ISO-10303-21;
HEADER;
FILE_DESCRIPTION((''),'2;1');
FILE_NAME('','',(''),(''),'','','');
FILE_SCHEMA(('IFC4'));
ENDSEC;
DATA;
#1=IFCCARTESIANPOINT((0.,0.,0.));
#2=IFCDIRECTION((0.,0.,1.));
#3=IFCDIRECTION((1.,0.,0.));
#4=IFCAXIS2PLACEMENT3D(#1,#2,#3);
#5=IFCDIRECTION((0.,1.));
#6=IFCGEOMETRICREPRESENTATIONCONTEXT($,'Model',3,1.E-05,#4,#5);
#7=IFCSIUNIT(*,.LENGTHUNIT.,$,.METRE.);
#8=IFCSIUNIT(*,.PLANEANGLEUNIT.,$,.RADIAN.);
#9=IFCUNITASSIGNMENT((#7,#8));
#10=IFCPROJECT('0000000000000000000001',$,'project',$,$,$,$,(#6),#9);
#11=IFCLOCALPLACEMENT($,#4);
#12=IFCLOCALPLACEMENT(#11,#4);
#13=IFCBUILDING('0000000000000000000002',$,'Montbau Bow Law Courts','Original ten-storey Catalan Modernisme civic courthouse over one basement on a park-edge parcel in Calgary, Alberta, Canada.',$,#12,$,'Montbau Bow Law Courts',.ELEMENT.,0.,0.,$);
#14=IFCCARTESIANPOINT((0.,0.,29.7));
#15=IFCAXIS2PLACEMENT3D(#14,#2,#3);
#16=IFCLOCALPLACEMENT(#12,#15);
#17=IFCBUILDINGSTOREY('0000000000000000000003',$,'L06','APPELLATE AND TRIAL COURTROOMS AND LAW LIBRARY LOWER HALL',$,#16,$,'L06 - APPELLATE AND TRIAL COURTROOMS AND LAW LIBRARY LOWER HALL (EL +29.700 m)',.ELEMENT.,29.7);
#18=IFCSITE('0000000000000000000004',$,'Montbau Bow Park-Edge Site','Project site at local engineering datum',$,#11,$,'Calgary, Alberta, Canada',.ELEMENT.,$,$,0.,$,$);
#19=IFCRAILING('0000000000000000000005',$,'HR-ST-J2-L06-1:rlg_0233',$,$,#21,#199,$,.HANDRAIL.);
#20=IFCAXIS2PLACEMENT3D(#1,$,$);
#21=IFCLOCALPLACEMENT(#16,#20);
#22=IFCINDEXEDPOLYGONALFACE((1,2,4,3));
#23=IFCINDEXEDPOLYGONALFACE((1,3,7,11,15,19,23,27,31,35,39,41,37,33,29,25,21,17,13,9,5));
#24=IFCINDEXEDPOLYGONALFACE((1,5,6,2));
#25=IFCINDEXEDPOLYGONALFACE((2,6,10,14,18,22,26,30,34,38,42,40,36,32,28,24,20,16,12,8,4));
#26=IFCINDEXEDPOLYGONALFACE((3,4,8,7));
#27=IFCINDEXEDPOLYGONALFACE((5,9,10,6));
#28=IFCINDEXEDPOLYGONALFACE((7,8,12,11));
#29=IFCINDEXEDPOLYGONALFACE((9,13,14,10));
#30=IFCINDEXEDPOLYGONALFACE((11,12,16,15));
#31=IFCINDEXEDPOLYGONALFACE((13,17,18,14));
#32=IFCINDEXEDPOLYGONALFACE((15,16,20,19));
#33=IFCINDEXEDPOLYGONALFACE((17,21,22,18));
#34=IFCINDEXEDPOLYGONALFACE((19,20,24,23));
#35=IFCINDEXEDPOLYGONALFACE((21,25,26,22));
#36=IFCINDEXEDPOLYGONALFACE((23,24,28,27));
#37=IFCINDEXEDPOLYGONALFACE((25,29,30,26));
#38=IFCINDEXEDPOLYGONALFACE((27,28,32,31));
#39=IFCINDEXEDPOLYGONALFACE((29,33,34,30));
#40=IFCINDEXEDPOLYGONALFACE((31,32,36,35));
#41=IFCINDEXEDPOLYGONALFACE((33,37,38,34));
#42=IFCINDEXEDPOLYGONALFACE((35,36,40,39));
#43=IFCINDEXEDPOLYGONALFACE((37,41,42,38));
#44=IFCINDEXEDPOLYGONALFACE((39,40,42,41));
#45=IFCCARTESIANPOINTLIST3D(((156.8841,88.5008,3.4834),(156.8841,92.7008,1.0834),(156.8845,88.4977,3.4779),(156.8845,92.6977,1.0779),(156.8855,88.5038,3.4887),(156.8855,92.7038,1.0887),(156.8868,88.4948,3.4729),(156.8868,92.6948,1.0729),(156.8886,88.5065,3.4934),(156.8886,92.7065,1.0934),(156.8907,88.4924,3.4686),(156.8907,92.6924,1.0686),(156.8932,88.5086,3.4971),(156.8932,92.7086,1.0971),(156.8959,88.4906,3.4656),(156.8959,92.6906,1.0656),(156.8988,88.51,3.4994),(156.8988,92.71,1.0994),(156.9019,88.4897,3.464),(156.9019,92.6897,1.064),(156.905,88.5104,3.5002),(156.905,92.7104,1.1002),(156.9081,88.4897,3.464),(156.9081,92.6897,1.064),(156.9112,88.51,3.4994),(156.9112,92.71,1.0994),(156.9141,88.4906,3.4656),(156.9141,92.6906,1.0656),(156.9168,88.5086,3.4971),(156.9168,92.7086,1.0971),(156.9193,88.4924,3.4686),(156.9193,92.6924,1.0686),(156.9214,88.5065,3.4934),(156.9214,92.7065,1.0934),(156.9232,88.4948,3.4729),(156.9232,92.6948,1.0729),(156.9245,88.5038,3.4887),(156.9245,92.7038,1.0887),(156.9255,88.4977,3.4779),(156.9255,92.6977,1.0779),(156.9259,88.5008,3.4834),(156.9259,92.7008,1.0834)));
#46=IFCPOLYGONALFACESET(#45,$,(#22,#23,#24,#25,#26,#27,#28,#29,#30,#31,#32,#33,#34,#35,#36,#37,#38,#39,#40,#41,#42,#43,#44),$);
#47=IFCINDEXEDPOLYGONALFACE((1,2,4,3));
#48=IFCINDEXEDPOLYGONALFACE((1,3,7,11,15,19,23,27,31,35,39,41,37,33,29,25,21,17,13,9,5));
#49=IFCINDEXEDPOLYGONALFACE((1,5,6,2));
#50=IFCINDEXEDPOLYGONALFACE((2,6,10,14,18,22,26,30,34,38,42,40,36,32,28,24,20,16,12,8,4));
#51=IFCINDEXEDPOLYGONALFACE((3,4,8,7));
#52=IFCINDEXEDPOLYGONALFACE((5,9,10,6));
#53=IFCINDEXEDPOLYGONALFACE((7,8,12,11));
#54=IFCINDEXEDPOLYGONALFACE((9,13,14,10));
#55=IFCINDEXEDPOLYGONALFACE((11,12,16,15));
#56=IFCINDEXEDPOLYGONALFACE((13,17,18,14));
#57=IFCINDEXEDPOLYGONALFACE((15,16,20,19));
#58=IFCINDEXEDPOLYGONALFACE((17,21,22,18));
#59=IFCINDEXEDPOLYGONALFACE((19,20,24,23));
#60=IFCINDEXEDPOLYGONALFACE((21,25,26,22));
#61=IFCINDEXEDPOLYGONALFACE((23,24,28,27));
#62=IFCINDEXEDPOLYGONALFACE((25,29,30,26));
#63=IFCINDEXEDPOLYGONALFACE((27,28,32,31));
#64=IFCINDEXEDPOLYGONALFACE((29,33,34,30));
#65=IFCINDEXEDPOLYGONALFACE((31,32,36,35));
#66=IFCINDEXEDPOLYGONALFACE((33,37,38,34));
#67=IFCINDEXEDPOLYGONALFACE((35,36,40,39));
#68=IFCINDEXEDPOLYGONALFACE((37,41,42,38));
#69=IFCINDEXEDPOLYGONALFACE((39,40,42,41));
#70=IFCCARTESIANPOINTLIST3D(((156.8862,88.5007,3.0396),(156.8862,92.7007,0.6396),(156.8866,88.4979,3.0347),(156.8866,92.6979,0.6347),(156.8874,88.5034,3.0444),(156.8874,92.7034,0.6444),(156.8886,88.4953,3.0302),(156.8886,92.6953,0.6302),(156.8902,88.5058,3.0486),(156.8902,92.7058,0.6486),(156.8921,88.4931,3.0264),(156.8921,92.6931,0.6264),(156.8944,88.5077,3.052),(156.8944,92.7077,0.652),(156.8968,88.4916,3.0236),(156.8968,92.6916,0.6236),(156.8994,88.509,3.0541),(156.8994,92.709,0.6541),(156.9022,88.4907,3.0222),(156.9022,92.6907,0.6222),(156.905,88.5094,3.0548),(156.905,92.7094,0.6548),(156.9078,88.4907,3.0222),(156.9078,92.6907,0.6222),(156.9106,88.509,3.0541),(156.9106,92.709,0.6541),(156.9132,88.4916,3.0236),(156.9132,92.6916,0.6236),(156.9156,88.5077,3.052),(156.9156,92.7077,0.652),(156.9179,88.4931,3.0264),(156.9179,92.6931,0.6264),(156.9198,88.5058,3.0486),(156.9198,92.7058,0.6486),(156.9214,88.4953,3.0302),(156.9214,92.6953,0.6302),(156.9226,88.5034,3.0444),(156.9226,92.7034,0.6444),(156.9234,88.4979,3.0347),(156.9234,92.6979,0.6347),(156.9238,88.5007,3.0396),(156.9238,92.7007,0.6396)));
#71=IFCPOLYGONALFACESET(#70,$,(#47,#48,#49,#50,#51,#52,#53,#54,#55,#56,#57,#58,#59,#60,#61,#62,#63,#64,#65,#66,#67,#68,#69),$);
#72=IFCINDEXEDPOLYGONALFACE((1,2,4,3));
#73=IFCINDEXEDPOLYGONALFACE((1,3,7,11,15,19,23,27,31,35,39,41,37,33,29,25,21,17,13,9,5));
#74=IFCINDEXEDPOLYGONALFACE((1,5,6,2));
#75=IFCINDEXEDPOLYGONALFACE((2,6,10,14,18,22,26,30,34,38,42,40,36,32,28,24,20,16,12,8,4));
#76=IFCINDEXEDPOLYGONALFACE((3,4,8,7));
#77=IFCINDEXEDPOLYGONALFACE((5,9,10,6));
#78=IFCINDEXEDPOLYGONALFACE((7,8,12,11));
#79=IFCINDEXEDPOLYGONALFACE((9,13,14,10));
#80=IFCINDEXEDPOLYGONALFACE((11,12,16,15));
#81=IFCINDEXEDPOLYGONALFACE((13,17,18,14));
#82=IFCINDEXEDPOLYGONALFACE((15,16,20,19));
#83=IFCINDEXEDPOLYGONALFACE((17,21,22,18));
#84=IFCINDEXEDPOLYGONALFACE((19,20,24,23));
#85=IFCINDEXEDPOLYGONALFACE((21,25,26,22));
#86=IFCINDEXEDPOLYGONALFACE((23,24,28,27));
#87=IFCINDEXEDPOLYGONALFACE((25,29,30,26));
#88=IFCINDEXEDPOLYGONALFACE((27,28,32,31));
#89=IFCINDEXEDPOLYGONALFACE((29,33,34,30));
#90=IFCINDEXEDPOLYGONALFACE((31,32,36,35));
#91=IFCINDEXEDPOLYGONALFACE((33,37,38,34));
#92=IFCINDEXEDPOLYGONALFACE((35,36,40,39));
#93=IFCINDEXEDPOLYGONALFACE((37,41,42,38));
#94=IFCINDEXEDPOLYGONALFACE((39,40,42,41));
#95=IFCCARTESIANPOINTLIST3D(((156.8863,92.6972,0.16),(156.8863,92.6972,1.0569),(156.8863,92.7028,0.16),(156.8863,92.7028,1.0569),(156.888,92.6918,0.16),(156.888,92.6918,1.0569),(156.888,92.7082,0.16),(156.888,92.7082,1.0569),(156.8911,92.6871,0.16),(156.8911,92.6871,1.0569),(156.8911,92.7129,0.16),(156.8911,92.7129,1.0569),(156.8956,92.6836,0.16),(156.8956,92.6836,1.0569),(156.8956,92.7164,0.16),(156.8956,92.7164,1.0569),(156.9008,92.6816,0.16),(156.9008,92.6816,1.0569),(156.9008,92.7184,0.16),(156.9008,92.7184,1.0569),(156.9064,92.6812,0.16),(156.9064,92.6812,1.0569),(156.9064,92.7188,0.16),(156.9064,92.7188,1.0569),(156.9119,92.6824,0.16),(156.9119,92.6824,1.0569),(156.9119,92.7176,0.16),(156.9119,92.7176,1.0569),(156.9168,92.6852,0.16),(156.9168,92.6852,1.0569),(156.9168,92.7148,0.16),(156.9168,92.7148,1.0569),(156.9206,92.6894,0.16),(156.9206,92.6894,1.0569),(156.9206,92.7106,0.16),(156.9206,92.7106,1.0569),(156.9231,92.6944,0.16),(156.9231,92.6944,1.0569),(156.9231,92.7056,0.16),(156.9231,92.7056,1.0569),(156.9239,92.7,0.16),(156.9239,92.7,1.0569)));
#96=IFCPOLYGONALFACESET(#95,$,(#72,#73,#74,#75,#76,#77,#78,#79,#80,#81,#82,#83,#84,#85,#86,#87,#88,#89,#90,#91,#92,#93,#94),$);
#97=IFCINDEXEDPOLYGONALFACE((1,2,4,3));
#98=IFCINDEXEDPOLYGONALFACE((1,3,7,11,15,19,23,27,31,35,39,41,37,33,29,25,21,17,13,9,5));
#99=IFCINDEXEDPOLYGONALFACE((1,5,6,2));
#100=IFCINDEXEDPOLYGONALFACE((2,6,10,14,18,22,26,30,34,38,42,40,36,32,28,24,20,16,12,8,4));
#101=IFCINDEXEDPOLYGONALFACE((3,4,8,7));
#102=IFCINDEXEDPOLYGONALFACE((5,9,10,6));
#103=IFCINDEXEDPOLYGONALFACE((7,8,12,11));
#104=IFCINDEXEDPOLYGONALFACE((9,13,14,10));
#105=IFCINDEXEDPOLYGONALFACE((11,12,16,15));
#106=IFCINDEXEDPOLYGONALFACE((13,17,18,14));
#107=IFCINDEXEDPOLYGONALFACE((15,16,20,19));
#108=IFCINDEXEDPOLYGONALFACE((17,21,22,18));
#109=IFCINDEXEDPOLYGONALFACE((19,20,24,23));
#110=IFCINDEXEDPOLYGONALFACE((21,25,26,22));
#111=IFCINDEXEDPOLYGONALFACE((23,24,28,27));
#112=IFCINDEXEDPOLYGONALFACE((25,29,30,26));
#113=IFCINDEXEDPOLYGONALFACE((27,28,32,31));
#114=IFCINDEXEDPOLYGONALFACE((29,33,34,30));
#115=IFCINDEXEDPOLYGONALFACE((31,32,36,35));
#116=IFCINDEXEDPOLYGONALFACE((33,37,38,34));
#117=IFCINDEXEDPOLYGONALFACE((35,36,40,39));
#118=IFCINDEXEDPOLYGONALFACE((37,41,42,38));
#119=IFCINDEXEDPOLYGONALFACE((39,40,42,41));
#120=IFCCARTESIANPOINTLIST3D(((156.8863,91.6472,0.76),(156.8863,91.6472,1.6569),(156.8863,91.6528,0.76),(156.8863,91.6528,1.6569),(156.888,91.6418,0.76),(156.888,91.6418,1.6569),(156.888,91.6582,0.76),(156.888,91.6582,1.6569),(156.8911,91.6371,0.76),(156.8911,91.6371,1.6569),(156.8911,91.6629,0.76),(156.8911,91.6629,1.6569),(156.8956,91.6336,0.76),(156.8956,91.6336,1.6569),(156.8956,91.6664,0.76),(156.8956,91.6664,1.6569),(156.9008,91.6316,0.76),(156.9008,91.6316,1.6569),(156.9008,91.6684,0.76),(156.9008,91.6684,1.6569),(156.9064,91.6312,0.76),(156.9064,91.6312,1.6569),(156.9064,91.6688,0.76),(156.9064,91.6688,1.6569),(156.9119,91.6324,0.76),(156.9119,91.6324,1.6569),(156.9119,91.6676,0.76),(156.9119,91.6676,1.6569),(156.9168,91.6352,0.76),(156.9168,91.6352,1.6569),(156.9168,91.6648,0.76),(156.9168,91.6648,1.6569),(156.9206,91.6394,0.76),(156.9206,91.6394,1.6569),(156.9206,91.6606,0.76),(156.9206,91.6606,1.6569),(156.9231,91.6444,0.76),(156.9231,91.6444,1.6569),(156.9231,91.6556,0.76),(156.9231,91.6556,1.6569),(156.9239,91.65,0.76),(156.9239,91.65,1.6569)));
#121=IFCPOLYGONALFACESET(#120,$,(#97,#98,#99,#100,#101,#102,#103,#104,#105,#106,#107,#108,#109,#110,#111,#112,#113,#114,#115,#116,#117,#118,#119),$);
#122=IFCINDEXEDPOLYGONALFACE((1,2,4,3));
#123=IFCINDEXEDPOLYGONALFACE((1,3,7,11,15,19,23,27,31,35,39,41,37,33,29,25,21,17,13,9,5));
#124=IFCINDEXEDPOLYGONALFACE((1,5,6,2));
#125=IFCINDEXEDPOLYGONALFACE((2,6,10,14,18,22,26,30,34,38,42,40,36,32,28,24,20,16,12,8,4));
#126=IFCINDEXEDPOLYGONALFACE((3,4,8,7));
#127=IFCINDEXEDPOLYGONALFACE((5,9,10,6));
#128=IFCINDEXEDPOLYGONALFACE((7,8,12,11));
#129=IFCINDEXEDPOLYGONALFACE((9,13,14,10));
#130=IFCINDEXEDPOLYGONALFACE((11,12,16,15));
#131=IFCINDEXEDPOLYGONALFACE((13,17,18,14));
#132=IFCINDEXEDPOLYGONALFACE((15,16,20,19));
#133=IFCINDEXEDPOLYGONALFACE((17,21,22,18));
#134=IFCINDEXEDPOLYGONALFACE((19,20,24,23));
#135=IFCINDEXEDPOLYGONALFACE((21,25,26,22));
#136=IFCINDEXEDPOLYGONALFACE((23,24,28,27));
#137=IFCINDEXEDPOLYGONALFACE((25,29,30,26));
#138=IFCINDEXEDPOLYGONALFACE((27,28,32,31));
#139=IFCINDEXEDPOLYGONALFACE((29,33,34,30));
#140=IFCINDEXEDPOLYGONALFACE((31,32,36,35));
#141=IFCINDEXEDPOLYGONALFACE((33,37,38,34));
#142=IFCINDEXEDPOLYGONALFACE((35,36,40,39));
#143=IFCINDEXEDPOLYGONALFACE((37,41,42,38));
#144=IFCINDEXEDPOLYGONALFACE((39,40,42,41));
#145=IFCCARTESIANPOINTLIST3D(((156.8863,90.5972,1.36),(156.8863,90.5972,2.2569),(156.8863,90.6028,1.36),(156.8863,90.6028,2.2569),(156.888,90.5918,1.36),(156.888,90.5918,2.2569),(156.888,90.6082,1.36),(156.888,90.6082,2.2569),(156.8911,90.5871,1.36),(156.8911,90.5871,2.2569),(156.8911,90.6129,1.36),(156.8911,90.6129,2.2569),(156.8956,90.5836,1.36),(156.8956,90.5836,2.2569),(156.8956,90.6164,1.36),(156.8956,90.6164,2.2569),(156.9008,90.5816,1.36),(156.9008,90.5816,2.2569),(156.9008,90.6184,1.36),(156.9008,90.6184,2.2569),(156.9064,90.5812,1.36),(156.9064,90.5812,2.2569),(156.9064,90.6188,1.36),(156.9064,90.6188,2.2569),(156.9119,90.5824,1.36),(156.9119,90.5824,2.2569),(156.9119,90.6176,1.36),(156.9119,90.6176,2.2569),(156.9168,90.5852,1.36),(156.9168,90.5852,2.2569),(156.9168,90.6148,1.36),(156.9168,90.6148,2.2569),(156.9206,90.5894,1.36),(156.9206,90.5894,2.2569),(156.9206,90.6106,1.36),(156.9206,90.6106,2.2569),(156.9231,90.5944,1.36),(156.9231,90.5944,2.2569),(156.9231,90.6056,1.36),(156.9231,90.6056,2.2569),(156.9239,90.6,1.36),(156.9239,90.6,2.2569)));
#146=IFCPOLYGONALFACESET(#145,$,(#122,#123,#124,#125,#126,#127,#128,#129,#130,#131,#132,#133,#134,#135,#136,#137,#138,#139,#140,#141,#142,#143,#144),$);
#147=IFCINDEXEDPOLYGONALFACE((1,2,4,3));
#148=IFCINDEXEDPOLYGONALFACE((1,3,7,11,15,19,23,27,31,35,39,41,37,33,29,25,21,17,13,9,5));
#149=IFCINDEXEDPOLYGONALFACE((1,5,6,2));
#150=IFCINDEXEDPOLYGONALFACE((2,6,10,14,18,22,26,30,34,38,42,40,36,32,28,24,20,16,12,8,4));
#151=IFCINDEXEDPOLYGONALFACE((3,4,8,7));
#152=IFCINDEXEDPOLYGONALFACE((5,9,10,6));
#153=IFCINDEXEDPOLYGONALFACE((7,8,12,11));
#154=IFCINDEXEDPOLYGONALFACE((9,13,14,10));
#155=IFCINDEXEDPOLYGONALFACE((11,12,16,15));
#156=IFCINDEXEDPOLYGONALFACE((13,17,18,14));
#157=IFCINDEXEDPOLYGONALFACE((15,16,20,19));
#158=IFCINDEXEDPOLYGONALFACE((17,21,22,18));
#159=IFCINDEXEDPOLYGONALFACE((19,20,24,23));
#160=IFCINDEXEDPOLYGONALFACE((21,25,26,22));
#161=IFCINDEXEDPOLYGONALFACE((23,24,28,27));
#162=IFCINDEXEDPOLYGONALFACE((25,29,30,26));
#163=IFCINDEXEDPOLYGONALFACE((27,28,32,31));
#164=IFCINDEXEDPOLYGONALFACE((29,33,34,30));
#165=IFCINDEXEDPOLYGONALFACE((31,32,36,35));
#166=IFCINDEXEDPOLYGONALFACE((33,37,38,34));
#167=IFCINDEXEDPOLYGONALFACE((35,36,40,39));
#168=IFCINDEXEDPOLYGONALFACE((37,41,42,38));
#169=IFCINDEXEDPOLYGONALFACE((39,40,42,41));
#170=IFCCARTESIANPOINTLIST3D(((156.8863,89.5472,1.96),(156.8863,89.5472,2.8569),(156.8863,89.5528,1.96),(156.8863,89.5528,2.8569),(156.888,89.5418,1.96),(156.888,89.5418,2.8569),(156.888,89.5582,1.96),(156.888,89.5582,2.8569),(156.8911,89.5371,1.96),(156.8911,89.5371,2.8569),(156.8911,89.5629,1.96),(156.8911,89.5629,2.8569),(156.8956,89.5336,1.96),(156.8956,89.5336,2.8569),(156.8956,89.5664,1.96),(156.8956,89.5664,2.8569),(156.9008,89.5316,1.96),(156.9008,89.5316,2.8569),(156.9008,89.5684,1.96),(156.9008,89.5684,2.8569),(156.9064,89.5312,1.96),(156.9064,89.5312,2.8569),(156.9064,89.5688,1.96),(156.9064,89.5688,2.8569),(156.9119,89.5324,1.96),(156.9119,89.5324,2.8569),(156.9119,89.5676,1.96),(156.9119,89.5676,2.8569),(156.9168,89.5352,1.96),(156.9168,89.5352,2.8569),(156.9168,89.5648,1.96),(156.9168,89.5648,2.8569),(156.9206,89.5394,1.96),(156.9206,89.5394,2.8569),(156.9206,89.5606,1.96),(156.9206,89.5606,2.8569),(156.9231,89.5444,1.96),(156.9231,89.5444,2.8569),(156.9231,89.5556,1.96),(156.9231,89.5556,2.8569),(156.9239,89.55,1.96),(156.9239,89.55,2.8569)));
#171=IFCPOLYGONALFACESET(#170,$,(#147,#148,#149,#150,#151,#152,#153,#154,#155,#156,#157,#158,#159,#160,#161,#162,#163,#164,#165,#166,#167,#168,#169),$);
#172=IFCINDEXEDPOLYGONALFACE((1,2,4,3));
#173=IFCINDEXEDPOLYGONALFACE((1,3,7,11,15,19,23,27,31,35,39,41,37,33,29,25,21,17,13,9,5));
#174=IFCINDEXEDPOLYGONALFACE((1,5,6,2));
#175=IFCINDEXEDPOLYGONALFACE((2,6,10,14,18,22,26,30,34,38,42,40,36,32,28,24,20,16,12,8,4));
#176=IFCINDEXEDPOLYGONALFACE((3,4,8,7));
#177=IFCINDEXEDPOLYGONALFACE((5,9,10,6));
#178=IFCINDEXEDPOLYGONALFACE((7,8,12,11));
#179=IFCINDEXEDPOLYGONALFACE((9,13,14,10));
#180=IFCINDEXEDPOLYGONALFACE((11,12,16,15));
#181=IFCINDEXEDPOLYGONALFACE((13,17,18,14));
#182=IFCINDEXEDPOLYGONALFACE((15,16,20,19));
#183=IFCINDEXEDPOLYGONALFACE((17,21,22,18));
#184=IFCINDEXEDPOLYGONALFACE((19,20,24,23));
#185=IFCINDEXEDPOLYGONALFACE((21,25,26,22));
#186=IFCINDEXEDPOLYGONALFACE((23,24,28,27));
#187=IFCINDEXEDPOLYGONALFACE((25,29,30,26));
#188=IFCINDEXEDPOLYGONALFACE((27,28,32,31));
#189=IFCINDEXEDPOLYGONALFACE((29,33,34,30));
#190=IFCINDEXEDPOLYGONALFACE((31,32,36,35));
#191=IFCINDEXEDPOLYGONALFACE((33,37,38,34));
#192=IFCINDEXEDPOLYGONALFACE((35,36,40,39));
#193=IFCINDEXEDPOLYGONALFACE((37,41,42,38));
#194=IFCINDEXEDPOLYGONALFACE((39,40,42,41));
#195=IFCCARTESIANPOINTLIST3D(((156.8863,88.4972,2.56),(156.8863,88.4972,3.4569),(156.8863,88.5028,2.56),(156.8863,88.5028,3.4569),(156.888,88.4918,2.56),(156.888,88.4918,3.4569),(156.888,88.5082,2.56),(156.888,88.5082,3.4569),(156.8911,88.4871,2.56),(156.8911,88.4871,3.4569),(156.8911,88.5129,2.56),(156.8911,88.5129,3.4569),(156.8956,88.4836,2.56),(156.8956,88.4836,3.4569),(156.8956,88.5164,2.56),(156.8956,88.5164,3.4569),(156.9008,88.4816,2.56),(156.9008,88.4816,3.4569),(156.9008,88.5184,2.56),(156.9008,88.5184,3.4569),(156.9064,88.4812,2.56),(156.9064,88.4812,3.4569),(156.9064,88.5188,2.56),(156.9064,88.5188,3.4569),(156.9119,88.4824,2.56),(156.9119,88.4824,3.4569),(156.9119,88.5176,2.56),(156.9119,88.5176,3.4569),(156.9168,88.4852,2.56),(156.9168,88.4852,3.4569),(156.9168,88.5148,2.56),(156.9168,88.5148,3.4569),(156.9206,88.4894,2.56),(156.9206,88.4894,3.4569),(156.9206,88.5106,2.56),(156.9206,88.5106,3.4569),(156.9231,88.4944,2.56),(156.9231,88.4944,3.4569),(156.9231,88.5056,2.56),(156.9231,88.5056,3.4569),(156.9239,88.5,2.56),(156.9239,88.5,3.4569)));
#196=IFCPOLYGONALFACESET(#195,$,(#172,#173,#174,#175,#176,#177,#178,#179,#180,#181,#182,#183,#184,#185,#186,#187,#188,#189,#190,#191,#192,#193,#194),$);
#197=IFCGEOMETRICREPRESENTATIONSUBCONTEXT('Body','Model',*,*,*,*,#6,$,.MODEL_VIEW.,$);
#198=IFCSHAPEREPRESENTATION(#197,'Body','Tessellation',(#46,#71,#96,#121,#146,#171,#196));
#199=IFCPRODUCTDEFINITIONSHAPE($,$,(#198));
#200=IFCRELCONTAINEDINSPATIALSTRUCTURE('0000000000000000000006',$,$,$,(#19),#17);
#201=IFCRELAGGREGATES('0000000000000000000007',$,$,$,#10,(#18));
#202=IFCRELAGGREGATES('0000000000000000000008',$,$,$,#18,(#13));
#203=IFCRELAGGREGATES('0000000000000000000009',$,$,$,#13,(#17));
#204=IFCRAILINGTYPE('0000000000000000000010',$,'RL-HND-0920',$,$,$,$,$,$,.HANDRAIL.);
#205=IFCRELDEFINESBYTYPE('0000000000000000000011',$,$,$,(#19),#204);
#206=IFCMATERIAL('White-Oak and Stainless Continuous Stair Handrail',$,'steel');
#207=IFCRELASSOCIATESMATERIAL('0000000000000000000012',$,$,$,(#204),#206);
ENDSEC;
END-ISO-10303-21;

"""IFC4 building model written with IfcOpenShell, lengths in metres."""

from ifc_helpers import new_model, si_unit, direction, frame, origin_with_axes, origin_2d_with_axis, place, context, subcontext, project, spatial, circle, extrude, material, type_object, element, save


model = new_model("IFC4")

# Units and contexts
model_context = context("Model", 3, precision=1e-05, world=origin_with_axes(), true_north=direction((0.0, 1.0)))
body_context = subcontext(model_context, "Body", "Model", "MODEL_VIEW")
ifc_project = project(units=[si_unit("LENGTHUNIT", "METRE"), si_unit("PLANEANGLEUNIT", "RADIAN")], contexts=[model_context])

# Site, building, storey
site_placement = place(None, origin_with_axes())
site = spatial("IfcSite", under=ifc_project, at=site_placement, Name="Montbau Bow Park-Edge Site", Description="Project site at local engineering datum", LongName="Calgary, Alberta, Canada", CompositionType="ELEMENT", RefElevation=0.0)
building_placement = place(site_placement, origin_with_axes())
building = spatial("IfcBuilding", under=site, at=building_placement, Name="Montbau Bow Law Courts", Description="Original ten-storey Catalan Modernisme civic courthouse over one basement on a park-edge parcel in Calgary, Alberta, Canada.", LongName="Montbau Bow Law Courts", CompositionType="ELEMENT", ElevationOfRefHeight=0.0, ElevationOfTerrain=0.0)
storey_placement = place(building_placement, frame((0.0, 0.0, 29.7), z_axis=(0.0, 0.0, 1.0), x_axis=(1.0, 0.0, 0.0)))
storey = spatial("IfcBuildingStorey", under=building, at=storey_placement, Name="L06", Description="APPELLATE AND TRIAL COURTROOMS AND LAW LIBRARY LOWER HALL", LongName="L06 - APPELLATE AND TRIAL COURTROOMS AND LAW LIBRARY LOWER HALL (EL +29.700 m)", CompositionType="ELEMENT", Elevation=29.7)

# Railing
ifc_material_1 = material(Name="White-Oak and Stainless Continuous Stair Handrail", Category="steel")
railing_type_1 = type_object("IfcRailingType", Name="RL-HND-0920", PredefinedType="HANDRAIL", material=ifc_material_1)
railing_1_placement = place(None, origin_with_axes())
element("IfcRailing", 1, at=railing_1_placement, inside=storey, type_object=railing_type_1, Name="HR-ST-J2-L06-1:rlg_0233", PredefinedType="HANDRAIL", context=body_context, shape_type="SweptSolid", body=[
    extrude(circle(Radius=0.021, at=origin_2d_with_axis()), frame((156.905, 92.7, 30.782), z_axis=(0.0, -0.868243, 0.496139), x_axis=(0.0, 0.496139, 0.868243)), (0.0, 0.0, 1.0), 4.8374),
    extrude(circle(Radius=0.0189, at=origin_2d_with_axis()), frame((156.905, 92.7, 30.3384), z_axis=(0.0, -0.868243, 0.496139), x_axis=(0.0, 0.496139, 0.868243)), (0.0, 0.0, 1.0), 4.8374),
    extrude(circle(Radius=0.0189, at=origin_2d_with_axis()), frame((156.905, 92.7, 29.86), z_axis=(0.0, 0.0, 1.0), x_axis=(1.0, 0.0, 0.0)), (0.0, 0.0, 1.0), 0.8969),
    extrude(circle(Radius=0.0189, at=origin_2d_with_axis()), frame((156.905, 91.65, 30.46), z_axis=(0.0, 0.0, 1.0), x_axis=(1.0, 0.0, 0.0)), (0.0, 0.0, 1.0), 0.8969),
    extrude(circle(Radius=0.0189, at=origin_2d_with_axis()), frame((156.905, 90.6, 31.06), z_axis=(0.0, 0.0, 1.0), x_axis=(1.0, 0.0, 0.0)), (0.0, 0.0, 1.0), 0.8969),
    extrude(circle(Radius=0.0189, at=origin_2d_with_axis()), frame((156.905, 89.55, 31.66), z_axis=(0.0, 0.0, 1.0), x_axis=(1.0, 0.0, 0.0)), (0.0, 0.0, 1.0), 0.8969),
    extrude(circle(Radius=0.0189, at=origin_2d_with_axis()), frame((156.905, 88.5, 32.26), z_axis=(0.0, 0.0, 1.0), x_axis=(1.0, 0.0, 0.0)), (0.0, 0.0, 1.0), 0.8969),
])

save(model, "model.ifc")
